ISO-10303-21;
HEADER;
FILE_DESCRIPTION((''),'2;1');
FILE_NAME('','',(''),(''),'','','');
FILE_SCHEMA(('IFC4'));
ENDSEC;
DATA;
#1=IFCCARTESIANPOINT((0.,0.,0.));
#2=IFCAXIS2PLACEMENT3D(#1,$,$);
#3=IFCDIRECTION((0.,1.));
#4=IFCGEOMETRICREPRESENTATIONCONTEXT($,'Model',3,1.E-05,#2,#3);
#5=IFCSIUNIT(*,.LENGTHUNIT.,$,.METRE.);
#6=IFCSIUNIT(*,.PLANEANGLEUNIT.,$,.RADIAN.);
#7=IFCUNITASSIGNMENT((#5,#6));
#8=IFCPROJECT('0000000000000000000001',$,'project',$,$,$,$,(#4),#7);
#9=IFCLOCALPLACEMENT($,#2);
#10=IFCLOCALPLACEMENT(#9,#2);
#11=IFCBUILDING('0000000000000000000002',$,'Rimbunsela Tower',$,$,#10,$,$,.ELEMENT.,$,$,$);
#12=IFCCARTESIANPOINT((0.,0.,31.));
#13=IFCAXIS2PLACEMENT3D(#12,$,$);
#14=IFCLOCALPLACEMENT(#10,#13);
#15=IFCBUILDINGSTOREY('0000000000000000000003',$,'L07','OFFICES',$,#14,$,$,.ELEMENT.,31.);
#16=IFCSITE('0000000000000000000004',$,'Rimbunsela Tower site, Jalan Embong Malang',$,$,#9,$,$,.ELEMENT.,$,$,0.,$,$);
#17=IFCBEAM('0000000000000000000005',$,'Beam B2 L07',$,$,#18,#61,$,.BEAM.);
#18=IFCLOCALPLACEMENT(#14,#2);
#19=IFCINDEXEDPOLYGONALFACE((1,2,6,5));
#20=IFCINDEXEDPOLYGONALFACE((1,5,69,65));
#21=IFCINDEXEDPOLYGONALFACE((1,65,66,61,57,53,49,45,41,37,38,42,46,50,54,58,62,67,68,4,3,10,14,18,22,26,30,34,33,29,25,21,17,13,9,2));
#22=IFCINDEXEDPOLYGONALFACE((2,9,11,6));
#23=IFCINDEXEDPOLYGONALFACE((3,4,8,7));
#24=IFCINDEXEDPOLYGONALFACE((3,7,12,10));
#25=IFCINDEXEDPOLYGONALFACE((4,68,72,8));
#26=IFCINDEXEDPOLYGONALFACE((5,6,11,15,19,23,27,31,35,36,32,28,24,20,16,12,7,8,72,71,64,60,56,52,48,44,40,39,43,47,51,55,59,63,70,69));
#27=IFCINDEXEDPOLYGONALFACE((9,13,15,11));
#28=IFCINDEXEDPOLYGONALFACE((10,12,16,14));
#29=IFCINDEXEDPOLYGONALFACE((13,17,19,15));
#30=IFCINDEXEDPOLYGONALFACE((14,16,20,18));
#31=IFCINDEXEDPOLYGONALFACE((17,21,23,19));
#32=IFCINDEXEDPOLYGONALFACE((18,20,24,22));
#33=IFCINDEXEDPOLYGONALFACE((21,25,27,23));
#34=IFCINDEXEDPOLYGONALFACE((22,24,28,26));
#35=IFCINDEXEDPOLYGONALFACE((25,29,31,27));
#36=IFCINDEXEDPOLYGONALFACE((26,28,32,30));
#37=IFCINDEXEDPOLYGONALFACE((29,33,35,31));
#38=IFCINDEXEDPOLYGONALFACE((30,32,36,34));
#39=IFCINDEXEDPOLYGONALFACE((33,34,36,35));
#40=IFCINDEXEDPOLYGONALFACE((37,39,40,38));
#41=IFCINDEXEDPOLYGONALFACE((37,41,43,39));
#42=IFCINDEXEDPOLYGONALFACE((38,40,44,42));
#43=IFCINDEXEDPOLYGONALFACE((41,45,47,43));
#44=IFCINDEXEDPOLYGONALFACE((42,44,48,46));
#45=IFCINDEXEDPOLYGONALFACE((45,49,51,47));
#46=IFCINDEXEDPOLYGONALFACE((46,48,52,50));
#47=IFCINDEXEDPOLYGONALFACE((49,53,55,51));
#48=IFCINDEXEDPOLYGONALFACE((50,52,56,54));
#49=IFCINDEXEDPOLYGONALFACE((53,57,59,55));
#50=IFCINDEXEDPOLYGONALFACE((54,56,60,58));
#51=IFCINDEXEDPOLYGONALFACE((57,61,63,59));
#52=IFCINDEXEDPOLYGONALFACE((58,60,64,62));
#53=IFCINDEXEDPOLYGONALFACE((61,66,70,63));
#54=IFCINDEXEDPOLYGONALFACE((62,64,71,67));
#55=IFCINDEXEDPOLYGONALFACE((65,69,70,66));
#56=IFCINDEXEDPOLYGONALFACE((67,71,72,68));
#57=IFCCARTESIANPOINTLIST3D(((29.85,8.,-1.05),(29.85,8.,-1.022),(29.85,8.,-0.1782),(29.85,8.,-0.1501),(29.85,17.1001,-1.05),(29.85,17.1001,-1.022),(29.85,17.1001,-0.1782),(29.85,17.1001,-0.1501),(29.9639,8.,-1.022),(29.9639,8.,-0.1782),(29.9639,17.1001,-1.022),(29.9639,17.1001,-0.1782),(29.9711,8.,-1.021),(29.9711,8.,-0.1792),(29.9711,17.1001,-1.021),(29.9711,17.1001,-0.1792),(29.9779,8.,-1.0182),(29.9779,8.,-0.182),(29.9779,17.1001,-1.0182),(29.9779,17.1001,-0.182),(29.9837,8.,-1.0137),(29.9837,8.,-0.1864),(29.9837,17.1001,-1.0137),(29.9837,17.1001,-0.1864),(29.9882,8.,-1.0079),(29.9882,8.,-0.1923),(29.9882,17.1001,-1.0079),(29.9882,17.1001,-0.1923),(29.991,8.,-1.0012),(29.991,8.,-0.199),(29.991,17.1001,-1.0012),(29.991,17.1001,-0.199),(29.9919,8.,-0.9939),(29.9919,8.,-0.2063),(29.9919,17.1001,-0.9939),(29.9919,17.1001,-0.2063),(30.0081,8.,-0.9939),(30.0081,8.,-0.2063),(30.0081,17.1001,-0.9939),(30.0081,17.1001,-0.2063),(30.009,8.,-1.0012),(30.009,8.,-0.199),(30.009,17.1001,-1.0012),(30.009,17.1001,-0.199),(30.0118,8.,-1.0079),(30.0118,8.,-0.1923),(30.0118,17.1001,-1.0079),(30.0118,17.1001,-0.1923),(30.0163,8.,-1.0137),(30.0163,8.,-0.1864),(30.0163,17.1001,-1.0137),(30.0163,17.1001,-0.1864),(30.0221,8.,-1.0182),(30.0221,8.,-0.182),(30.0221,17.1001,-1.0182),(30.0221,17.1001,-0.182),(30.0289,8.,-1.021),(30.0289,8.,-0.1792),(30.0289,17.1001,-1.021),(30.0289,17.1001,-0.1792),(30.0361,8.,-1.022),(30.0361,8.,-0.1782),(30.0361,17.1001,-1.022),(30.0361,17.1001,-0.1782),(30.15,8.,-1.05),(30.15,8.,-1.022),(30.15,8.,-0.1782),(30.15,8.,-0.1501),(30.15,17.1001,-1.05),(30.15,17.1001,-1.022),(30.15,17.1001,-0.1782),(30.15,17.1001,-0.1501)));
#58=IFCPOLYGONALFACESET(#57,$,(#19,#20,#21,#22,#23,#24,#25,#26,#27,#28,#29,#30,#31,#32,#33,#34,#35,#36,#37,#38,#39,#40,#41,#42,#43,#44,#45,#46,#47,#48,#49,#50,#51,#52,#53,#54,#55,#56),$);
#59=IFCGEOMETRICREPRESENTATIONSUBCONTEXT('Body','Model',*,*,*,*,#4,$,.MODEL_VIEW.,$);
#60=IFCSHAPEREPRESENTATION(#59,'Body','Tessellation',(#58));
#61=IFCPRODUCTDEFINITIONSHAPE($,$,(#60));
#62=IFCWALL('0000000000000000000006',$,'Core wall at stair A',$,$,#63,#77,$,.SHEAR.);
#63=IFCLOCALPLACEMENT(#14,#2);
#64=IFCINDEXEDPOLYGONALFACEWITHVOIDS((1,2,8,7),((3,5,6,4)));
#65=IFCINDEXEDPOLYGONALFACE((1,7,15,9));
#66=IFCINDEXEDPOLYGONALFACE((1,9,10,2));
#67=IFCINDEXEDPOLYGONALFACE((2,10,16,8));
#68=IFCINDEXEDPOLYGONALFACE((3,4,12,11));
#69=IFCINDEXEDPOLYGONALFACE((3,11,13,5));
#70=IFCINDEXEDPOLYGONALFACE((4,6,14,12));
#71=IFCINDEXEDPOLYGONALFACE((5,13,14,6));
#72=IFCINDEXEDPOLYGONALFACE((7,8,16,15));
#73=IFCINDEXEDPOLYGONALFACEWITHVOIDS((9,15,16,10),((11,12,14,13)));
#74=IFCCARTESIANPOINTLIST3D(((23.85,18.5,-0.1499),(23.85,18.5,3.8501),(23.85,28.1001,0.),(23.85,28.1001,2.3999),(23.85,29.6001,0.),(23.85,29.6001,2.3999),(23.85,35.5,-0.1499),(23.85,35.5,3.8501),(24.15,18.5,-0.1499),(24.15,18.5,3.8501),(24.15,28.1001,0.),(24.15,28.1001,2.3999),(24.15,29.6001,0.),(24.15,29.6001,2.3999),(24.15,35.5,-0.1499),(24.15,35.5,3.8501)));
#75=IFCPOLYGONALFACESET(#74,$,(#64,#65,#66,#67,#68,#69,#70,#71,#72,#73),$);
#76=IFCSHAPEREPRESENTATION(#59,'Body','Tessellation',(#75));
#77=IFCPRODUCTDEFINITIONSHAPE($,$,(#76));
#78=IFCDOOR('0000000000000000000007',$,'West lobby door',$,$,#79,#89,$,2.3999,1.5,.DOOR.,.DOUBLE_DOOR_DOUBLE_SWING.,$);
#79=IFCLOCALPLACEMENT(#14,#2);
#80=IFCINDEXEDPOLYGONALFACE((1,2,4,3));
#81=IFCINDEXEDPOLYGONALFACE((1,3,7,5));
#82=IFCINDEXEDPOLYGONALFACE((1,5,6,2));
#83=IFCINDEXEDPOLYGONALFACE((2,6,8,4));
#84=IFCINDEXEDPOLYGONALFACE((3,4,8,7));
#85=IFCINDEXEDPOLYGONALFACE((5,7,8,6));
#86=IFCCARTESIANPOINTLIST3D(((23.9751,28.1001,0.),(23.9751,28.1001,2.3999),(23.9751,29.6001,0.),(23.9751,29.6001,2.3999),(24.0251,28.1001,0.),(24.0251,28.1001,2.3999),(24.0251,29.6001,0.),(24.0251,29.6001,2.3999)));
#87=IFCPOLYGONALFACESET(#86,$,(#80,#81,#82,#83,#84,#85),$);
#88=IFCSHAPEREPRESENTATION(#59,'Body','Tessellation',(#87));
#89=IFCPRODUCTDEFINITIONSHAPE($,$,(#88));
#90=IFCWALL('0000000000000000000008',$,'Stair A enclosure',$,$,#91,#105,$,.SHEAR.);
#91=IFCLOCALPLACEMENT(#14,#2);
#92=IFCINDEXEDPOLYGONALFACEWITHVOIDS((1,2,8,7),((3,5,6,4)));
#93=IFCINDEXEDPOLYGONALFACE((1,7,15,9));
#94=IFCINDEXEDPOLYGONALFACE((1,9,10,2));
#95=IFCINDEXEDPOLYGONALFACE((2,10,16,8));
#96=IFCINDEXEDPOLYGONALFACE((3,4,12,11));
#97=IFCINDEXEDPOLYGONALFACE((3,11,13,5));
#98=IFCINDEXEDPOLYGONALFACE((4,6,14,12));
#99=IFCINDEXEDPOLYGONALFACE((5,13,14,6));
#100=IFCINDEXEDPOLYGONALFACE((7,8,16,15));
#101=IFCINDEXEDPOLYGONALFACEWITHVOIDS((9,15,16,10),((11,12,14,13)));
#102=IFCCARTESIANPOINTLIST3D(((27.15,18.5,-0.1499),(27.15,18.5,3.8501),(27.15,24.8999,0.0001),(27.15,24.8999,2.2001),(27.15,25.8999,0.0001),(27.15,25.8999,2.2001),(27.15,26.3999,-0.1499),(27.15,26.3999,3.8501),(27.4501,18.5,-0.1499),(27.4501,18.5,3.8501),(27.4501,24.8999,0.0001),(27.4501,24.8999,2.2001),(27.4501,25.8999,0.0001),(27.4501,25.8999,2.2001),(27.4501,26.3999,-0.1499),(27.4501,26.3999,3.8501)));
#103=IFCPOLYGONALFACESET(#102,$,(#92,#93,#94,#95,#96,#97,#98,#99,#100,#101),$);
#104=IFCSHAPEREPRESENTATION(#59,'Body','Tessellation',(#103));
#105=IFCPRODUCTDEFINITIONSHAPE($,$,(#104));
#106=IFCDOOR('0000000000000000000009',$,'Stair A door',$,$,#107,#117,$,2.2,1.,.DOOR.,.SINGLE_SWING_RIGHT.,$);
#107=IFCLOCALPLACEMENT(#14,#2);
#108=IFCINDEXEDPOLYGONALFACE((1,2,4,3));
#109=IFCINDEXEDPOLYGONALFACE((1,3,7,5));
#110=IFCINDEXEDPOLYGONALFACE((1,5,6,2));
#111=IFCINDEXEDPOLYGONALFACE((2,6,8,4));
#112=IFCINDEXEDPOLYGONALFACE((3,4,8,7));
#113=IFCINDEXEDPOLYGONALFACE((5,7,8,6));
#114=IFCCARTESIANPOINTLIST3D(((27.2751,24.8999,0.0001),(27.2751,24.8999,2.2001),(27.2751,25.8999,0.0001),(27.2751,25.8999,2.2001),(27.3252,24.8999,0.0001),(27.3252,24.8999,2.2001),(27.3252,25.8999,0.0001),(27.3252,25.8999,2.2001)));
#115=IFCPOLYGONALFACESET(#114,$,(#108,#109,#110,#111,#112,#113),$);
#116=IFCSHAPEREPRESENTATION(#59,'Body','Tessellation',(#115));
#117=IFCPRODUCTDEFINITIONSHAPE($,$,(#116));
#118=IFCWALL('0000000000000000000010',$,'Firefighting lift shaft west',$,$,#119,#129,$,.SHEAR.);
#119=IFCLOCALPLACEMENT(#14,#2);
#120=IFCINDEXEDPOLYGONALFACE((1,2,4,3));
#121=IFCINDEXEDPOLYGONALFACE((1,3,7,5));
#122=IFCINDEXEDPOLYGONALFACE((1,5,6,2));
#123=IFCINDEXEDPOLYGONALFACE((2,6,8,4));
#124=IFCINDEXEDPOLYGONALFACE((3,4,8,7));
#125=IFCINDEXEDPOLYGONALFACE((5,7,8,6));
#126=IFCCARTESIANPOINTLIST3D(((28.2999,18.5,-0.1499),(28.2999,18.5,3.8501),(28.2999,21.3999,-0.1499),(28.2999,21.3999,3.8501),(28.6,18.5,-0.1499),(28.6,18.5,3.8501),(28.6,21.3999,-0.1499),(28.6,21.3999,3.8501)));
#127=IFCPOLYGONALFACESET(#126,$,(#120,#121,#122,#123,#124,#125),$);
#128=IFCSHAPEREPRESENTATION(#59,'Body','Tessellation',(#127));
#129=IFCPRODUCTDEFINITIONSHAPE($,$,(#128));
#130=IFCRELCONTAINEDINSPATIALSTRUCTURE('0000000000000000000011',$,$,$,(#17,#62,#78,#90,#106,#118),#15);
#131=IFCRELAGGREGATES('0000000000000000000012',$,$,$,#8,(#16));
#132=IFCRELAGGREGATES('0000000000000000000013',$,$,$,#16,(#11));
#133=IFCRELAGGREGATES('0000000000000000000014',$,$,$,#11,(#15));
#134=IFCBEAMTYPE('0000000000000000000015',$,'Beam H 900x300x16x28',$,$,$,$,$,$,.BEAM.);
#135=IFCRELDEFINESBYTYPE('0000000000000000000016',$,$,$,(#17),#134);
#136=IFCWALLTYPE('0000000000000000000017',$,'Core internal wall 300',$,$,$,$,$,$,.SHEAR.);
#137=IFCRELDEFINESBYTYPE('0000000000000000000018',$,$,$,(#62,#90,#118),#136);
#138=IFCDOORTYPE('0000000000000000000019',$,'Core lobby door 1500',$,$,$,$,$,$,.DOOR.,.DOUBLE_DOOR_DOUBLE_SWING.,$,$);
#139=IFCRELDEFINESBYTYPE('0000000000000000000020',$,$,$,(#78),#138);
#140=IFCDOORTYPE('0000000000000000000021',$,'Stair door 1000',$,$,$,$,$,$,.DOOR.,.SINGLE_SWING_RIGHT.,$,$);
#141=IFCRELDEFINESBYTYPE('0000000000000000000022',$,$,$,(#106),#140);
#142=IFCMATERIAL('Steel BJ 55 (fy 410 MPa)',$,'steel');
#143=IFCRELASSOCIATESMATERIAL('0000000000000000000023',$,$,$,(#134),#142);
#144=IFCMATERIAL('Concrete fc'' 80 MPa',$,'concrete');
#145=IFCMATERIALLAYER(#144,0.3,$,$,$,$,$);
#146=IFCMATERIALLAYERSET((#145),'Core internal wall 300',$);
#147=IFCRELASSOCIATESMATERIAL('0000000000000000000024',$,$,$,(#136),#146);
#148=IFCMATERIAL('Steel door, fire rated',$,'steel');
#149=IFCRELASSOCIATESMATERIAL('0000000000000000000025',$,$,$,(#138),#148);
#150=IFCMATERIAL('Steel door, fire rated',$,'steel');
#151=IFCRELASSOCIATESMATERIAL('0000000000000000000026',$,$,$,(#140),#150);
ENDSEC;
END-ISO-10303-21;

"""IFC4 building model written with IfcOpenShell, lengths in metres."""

from ifc_helpers import new_model, si_unit, direction, frame, frame_2d, origin, origin_2d, place, context, subcontext, project, spatial, rectangle, i_section, extrude, material, layer, layer_set, material_profile, profile_set, type_object, element, fill, save


model = new_model("IFC4")

# Units and contexts
model_context = context("Model", 3, precision=1e-05, world=origin(), true_north=direction((0.0, 1.0)))
body_context = subcontext(model_context, "Body", "Model", "MODEL_VIEW")
ifc_project = project(units=[si_unit("LENGTHUNIT", "METRE"), si_unit("PLANEANGLEUNIT", "RADIAN")], contexts=[model_context])

# Site, building, storey
site_placement = place(None, origin())
site = spatial("IfcSite", under=ifc_project, at=site_placement, Name="Rimbunsela Tower site, Jalan Embong Malang", CompositionType="ELEMENT", RefElevation=0.0)
building_placement = place(site_placement, origin())
building = spatial("IfcBuilding", under=site, at=building_placement, Name="Rimbunsela Tower", CompositionType="ELEMENT")
storey_placement = place(building_placement, frame((0.0, 0.0, 31.0)))
storey = spatial("IfcBuildingStorey", under=building, at=storey_placement, Name="L07", Description="OFFICES", CompositionType="ELEMENT", Elevation=31.0)

# Beam
ifc_material_1 = material(Name="Steel BJ 55 (fy 410 MPa)", Category="steel")
ifc_material_profile_1 = material_profile(ifc_material_1, i_section(OverallWidth=0.3, OverallDepth=0.8999, WebThickness=0.0161, FlangeThickness=0.0281, FilletRadius=0.0281, at=origin_2d()), Name="H 900x300x16x28")
ifc_profile_set_1 = profile_set([ifc_material_profile_1], Name="Steel BJ 55 (fy 410 MPa)")
beam_type_1 = type_object("IfcBeamType", Name="Beam H 900x300x16x28", PredefinedType="BEAM", material=ifc_profile_set_1)
beam_1_placement = place(storey_placement, frame((30.0, 8.0, -0.6001), z_axis=(0.0, 1.0, 0.0), x_axis=(-1.0, 0.0, 0.0)))
element("IfcBeam", 1, at=beam_1_placement, inside=storey, type_object=beam_type_1, Name="Beam B2 L07", PredefinedType="BEAM", context=body_context, shape_type="SweptSolid", body=[
    extrude(i_section(OverallWidth=0.3, OverallDepth=0.8999, WebThickness=0.0161, FlangeThickness=0.0281, FilletRadius=0.0281, at=origin_2d()), origin(), (0.0, 0.0, 1.0), 9.1001),
])

# Walls, openings, doors
ifc_material_2 = material(Name="Concrete fc' 80 MPa", Category="concrete")
ifc_layer_1 = layer(ifc_material_2, 0.3)
ifc_layer_set_1 = layer_set([ifc_layer_1], Name="Core internal wall 300")
wall_type_1 = type_object("IfcWallType", Name="Core internal wall 300", PredefinedType="SHEAR", material=ifc_layer_set_1)
wall_1_placement = place(storey_placement, frame((24.0, 18.5, -0.1499), z_axis=(0.0, 0.0, 1.0), x_axis=(0.0, 1.0, 0.0)))
wall_1 = element("IfcWall", 2, at=wall_1_placement, inside=storey, type_object=wall_type_1, Name="Core wall at stair A", PredefinedType="SHEAR", context=body_context, shape_type="SweptSolid", body=[
    extrude(rectangle(XDim=17.0, YDim=0.3, at=frame_2d((8.5, 0.0))), origin(), (0.0, 0.0, 1.0), 4.0),
])
opening_1_placement = place(wall_1_placement, frame((9.6001, 0.0, 0.1499)))
opening_1 = element("IfcOpeningElement", 3, at=opening_1_placement, cuts=wall_1, PredefinedType="OPENING", context=body_context, shape_type="SweptSolid", body=[
    extrude(rectangle(XDim=1.5, YDim=2.3999, at=frame_2d((0.75, 1.2))), frame((0.0, 0.1599, 0.0), z_axis=(0.0, -1.0, 0.0), x_axis=(1.0, 0.0, 0.0)), (0.0, 0.0, 1.0), 0.3201),
])
ifc_material_3 = material(Name="Steel door, fire rated", Category="steel")
door_type_1 = type_object("IfcDoorType", Name="Core lobby door 1500", OperationType="DOUBLE_DOOR_DOUBLE_SWING", PredefinedType="DOOR", material=ifc_material_3)
door_1_placement = place(opening_1_placement, origin())
door_1 = element("IfcDoor", 4, at=door_1_placement, inside=storey, type_object=door_type_1, Name="West lobby door", OperationType="DOUBLE_DOOR_DOUBLE_SWING", OverallHeight=2.3999, OverallWidth=1.5, PredefinedType="DOOR", context=body_context, shape_type="SweptSolid", body=[
    extrude(rectangle(XDim=1.5, YDim=2.3999, at=frame_2d((0.75, 1.2))), frame((0.0, 0.0249, 0.0), z_axis=(0.0, -1.0, 0.0), x_axis=(1.0, 0.0, 0.0)), (0.0, 0.0, 1.0), 0.05),
])
fill(opening_1, door_1)
wall_2_placement = place(storey_placement, frame((27.3, 18.5, -0.1499), z_axis=(0.0, 0.0, 1.0), x_axis=(0.0, 1.0, 0.0)))
wall_2 = element("IfcWall", 5, at=wall_2_placement, inside=storey, type_object=wall_type_1, Name="Stair A enclosure", PredefinedType="SHEAR", context=body_context, shape_type="SweptSolid", body=[
    extrude(rectangle(XDim=7.8999, YDim=0.3, at=frame_2d((3.95, 0.0))), origin(), (0.0, 0.0, 1.0), 4.0),
])
opening_2_placement = place(wall_2_placement, frame((6.3999, 0.0, 0.1499)))
opening_2 = element("IfcOpeningElement", 6, at=opening_2_placement, cuts=wall_2, PredefinedType="OPENING", context=body_context, shape_type="SweptSolid", body=[
    extrude(rectangle(XDim=1.0, YDim=2.2, at=frame_2d((0.5, 1.1001))), frame((0.0, 0.1599, 0.0), z_axis=(0.0, -1.0, 0.0), x_axis=(1.0, 0.0, 0.0)), (0.0, 0.0, 1.0), 0.3201),
])
ifc_material_4 = material(Name="Steel door, fire rated", Category="steel")
door_type_2 = type_object("IfcDoorType", Name="Stair door 1000", OperationType="SINGLE_SWING_RIGHT", PredefinedType="DOOR", material=ifc_material_4)
door_2_placement = place(opening_2_placement, origin())
door_2 = element("IfcDoor", 7, at=door_2_placement, inside=storey, type_object=door_type_2, Name="Stair A door", OperationType="SINGLE_SWING_RIGHT", OverallHeight=2.2, OverallWidth=1.0, PredefinedType="DOOR", context=body_context, shape_type="SweptSolid", body=[
    extrude(rectangle(XDim=1.0, YDim=2.2, at=frame_2d((0.5, 1.1001))), frame((0.0, 0.0249, 0.0), z_axis=(0.0, -1.0, 0.0), x_axis=(1.0, 0.0, 0.0)), (0.0, 0.0, 1.0), 0.05),
])
fill(opening_2, door_2)

# Wall
wall_3_placement = place(storey_placement, frame((28.45, 18.5, -0.1499), z_axis=(0.0, 0.0, 1.0), x_axis=(0.0, 1.0, 0.0)))
element("IfcWall", 8, at=wall_3_placement, inside=storey, type_object=wall_type_1, Name="Firefighting lift shaft west", PredefinedType="SHEAR", context=body_context, shape_type="SweptSolid", body=[
    extrude(rectangle(XDim=2.8999, YDim=0.3, at=frame_2d((1.45, 0.0))), origin(), (0.0, 0.0, 1.0), 4.0),
])

save(model, "model.ifc")
